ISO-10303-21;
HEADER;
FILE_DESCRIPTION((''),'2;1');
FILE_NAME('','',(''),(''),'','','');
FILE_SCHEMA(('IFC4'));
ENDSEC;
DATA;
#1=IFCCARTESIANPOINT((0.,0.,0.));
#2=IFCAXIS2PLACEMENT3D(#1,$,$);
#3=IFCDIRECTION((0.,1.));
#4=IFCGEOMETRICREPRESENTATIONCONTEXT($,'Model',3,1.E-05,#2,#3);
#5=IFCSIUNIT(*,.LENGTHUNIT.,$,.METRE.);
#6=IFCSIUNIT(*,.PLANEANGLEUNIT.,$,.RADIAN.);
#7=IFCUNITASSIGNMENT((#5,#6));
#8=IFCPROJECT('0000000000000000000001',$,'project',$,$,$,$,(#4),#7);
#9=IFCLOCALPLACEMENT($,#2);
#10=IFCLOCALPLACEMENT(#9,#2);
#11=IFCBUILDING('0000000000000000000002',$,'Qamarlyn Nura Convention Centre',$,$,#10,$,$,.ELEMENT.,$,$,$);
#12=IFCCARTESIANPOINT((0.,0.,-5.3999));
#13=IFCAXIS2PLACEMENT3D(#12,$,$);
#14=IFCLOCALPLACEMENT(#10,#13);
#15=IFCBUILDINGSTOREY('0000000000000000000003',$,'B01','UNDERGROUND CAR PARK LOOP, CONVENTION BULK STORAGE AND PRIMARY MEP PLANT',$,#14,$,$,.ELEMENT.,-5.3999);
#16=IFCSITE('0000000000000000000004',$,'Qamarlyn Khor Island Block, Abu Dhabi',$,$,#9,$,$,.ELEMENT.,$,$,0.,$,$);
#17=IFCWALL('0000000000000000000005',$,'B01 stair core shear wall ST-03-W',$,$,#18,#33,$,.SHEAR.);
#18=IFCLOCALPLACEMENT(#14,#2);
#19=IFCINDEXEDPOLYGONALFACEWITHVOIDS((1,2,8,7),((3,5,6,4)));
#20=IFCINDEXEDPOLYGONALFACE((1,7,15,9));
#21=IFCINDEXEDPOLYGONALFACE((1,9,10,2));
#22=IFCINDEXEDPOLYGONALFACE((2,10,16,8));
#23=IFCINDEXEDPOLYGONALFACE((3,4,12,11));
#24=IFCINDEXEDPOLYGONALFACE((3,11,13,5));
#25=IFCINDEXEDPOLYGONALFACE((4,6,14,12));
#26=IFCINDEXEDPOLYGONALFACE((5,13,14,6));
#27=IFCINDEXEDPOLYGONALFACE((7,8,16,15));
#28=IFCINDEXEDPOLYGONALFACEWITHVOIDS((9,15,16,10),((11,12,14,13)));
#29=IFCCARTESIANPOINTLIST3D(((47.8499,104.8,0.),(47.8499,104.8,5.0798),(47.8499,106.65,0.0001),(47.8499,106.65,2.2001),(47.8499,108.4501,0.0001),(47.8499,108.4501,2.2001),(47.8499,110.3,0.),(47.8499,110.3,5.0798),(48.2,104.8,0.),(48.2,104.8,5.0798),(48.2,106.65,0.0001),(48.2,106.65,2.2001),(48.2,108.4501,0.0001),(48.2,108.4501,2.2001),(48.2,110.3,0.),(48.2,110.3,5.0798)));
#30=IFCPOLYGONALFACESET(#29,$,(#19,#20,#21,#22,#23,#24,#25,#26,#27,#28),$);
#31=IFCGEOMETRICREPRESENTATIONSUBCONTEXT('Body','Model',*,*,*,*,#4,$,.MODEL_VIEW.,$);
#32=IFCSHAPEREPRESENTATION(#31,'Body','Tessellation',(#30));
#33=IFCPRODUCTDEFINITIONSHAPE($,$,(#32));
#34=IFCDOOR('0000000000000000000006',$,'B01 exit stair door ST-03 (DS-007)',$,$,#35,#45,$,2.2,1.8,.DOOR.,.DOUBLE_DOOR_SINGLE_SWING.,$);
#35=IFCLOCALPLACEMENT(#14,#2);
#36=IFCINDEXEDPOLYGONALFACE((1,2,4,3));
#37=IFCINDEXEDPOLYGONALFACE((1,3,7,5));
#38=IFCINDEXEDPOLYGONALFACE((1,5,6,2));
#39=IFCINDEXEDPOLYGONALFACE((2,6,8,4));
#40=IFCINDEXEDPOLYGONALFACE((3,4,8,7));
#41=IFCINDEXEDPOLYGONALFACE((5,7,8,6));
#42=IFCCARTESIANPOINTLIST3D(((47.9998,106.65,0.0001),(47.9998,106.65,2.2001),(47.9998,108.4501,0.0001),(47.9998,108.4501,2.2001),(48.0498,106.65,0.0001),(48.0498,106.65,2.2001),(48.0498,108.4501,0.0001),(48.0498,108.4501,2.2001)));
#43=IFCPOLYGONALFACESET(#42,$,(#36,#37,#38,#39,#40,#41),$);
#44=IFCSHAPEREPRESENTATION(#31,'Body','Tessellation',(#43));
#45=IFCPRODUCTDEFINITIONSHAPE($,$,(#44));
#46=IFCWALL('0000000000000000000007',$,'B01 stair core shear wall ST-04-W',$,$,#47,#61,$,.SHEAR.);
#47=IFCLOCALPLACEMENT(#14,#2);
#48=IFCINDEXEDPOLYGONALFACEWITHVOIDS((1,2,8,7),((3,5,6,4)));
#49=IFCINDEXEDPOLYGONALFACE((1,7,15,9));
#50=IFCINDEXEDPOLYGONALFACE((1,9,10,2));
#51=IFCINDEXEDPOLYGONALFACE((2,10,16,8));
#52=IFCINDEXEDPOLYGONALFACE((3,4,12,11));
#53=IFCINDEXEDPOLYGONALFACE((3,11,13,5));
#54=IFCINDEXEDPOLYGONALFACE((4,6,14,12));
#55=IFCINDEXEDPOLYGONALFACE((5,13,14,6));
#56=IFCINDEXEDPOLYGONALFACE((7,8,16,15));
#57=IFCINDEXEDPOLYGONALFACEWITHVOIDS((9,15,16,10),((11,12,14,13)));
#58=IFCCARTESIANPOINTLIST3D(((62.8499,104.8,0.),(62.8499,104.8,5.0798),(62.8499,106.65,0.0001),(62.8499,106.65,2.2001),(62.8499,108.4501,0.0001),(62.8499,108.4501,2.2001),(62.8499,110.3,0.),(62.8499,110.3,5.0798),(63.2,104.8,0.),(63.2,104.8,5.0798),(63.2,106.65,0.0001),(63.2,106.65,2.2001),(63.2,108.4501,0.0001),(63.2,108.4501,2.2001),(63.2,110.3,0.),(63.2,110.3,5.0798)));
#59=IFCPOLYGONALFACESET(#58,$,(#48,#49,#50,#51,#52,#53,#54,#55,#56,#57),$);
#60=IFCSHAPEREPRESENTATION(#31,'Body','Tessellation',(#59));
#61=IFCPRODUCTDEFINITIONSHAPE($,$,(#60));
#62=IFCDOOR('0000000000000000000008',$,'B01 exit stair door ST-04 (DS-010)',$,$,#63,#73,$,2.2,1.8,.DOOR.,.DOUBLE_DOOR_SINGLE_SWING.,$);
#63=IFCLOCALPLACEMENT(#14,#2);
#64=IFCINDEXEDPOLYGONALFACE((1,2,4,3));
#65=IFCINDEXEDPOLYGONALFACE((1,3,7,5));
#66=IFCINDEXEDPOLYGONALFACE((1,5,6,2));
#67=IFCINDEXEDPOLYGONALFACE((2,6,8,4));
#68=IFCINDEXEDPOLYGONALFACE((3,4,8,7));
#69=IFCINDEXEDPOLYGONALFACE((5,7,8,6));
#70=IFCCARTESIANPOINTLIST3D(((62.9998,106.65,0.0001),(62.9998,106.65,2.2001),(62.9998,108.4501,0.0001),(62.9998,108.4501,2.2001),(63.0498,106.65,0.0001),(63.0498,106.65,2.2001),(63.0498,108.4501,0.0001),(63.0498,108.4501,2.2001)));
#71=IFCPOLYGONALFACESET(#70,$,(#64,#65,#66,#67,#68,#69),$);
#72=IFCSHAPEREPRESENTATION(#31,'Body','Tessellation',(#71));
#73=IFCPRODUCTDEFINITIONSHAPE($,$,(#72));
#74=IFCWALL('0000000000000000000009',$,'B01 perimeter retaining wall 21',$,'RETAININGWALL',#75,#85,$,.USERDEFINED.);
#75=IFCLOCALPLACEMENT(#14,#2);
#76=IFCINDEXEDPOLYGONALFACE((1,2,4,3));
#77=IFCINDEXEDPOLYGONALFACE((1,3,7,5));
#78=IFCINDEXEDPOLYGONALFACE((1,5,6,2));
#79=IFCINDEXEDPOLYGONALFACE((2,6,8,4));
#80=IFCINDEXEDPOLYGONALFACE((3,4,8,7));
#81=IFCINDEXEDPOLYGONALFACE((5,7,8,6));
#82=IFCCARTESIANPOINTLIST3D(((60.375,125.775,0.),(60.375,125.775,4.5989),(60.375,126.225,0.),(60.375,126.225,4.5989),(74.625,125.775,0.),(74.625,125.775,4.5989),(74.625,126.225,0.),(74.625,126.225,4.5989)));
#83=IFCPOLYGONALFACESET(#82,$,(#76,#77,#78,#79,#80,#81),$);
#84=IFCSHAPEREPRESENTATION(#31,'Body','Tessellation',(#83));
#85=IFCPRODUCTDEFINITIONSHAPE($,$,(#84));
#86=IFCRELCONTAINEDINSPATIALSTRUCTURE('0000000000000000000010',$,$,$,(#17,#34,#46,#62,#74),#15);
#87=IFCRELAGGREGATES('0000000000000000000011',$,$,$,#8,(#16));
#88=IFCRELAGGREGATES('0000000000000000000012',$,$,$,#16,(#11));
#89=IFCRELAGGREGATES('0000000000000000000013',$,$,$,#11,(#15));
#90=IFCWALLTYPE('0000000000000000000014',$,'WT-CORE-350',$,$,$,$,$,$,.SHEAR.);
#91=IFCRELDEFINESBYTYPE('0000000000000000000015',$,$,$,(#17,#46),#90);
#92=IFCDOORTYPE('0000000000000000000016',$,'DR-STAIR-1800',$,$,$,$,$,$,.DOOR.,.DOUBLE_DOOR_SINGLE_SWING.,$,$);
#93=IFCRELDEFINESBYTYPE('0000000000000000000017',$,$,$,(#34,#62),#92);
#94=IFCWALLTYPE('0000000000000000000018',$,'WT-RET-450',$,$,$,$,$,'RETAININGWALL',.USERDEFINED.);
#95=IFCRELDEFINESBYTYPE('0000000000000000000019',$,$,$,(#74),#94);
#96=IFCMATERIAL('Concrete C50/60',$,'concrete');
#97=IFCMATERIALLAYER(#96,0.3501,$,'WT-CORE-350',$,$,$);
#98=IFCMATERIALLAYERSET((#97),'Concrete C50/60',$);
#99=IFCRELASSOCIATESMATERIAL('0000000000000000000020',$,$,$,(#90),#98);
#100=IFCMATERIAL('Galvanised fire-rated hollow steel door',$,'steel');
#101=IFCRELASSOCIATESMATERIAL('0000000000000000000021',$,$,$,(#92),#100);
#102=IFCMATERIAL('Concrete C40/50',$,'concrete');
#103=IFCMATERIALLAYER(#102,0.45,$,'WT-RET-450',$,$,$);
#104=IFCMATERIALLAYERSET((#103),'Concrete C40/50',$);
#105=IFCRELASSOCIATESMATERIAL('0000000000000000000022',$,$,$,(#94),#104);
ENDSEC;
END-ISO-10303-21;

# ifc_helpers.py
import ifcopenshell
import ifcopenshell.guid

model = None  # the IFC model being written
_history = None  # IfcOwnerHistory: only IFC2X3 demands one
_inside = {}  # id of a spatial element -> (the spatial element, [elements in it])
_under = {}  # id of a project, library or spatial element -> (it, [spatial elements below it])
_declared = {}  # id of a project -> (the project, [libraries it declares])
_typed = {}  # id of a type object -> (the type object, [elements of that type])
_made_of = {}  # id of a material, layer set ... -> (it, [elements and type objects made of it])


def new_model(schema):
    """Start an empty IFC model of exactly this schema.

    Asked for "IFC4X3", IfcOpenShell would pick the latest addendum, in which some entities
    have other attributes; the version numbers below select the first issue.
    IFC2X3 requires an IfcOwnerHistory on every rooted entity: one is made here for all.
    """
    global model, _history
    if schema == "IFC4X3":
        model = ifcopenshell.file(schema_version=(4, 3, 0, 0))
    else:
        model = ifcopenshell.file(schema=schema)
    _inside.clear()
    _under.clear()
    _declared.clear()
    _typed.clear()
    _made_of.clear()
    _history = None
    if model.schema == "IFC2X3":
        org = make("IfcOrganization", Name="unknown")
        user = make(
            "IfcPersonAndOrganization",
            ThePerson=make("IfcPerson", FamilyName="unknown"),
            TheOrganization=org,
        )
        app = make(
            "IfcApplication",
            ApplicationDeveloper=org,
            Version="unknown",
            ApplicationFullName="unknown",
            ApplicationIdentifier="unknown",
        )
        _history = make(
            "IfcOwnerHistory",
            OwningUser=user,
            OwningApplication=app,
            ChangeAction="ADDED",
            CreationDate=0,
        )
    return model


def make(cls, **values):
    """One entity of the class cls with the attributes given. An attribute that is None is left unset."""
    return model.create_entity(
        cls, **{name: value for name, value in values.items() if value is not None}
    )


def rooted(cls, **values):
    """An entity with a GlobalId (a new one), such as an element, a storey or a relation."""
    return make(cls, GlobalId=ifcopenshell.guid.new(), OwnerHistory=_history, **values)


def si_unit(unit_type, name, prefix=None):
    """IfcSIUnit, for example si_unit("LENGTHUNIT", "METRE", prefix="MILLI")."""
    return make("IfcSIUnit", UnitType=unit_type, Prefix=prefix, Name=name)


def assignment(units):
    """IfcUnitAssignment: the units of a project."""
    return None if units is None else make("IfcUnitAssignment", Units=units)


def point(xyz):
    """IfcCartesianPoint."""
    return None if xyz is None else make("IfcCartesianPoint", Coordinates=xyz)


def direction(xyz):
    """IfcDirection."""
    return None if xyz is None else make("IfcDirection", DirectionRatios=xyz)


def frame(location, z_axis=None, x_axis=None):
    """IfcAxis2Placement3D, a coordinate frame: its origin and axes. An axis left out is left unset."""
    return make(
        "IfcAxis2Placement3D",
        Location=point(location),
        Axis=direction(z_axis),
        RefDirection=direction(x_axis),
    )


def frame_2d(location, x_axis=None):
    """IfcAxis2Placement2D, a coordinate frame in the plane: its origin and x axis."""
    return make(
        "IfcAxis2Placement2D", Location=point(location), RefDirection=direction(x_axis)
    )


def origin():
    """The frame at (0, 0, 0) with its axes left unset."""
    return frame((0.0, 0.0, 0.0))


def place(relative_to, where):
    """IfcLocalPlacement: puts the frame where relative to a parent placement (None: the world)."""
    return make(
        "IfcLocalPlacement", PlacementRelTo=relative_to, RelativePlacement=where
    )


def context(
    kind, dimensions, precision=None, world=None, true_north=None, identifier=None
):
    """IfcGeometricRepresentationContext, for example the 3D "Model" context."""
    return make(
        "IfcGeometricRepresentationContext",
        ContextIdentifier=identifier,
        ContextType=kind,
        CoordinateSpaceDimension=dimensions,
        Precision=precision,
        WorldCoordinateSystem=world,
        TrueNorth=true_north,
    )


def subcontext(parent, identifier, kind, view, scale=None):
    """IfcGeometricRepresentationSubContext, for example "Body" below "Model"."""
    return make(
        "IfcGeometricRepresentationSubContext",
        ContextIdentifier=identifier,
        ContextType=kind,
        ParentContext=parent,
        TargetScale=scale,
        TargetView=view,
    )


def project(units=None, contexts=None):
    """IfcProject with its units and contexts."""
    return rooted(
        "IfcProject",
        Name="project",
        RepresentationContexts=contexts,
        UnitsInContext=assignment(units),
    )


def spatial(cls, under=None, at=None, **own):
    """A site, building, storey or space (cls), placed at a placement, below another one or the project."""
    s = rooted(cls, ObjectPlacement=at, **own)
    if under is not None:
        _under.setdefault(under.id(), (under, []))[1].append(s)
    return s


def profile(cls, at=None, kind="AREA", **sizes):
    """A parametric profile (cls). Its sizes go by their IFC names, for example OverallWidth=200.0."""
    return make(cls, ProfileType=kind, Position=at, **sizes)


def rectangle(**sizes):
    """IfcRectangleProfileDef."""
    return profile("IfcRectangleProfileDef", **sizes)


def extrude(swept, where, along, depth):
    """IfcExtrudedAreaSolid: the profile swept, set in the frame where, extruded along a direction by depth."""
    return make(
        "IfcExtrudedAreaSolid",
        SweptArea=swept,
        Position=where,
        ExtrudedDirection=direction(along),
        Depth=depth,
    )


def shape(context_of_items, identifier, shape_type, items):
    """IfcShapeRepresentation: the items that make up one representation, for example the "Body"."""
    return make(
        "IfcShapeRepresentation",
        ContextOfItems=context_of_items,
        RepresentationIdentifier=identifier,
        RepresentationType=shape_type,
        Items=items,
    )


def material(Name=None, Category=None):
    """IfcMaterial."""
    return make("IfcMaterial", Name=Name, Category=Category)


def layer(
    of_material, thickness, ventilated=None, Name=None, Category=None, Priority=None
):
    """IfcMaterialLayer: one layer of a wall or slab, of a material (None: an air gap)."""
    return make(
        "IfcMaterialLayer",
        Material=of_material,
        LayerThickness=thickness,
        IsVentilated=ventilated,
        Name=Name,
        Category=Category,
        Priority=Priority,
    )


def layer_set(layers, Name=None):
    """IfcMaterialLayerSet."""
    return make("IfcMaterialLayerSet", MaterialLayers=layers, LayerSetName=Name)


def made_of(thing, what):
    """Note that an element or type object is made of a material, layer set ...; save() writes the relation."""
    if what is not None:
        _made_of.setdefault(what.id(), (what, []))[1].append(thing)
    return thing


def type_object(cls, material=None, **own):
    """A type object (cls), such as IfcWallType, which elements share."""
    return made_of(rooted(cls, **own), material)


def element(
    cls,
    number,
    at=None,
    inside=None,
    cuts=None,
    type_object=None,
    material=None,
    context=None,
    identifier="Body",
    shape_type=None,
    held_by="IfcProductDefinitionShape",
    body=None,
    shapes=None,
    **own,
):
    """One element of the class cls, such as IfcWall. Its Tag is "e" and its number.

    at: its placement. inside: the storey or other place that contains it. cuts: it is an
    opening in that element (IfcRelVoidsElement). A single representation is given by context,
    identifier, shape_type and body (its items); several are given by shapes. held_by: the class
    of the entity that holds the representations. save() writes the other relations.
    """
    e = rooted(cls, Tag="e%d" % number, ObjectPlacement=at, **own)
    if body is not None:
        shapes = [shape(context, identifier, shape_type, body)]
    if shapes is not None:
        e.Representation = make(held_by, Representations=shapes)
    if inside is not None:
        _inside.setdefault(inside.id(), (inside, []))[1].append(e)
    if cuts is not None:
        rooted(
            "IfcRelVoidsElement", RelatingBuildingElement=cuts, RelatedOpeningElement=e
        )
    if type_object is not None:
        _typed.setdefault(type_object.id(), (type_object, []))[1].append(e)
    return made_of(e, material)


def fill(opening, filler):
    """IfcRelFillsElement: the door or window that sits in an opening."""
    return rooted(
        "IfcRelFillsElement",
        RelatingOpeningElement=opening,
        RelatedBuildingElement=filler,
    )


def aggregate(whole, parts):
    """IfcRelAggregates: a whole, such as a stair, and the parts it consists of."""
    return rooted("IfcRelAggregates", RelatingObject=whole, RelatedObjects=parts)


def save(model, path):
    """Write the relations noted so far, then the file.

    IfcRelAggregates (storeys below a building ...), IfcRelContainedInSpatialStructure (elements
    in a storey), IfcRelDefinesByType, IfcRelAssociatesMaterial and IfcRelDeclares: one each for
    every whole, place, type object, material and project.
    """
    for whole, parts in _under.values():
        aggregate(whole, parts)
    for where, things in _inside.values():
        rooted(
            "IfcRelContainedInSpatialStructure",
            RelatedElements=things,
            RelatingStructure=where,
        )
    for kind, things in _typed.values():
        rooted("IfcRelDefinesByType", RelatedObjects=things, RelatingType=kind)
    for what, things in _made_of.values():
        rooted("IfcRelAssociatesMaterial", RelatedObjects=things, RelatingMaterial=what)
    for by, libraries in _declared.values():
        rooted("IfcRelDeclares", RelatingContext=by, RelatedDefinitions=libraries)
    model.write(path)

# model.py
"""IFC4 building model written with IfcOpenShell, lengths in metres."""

from ifc_helpers import new_model, si_unit, direction, frame, frame_2d, origin, place, context, subcontext, project, spatial, rectangle, extrude, material, layer, layer_set, type_object, element, fill, save


model = new_model("IFC4")

# Units and contexts
model_context = context("Model", 3, precision=1e-05, world=origin(), true_north=direction((0.0, 1.0)))
body_context = subcontext(model_context, "Body", "Model", "MODEL_VIEW")
ifc_project = project(units=[si_unit("LENGTHUNIT", "METRE"), si_unit("PLANEANGLEUNIT", "RADIAN")], contexts=[model_context])

# Site, building, storey
site_placement = place(None, origin())
site = spatial("IfcSite", under=ifc_project, at=site_placement, Name="Qamarlyn Khor Island Block, Abu Dhabi", CompositionType="ELEMENT", RefElevation=0.0)
building_placement = place(site_placement, origin())
building = spatial("IfcBuilding", under=site, at=building_placement, Name="Qamarlyn Nura Convention Centre", CompositionType="ELEMENT")
storey_placement = place(building_placement, frame((0.0, 0.0, -5.3999)))
storey = spatial("IfcBuildingStorey", under=building, at=storey_placement, Name="B01", Description="UNDERGROUND CAR PARK LOOP, CONVENTION BULK STORAGE AND PRIMARY MEP PLANT", CompositionType="ELEMENT", Elevation=-5.3999)

# Shared definitions
ifc_material_1 = material(Name="Concrete C40/50", Category="concrete")

# Shared definitions
ifc_material_2 = material(Name="Concrete C50/60", Category="concrete")

# Shared definitions
ifc_layer_1 = layer(ifc_material_2, 0.3501, Name="WT-CORE-350")
ifc_layer_set_1 = layer_set([ifc_layer_1], Name="Concrete C50/60")
wall_type_1 = type_object("IfcWallType", Name="WT-CORE-350", PredefinedType="SHEAR", material=ifc_layer_set_1)

# Walls, openings, doors
wall_1_placement = place(storey_placement, frame((48.0249, 110.3, 0.0), z_axis=(0.0, 0.0, 1.0), x_axis=(0.0, -1.0, 0.0)))
wall_1 = element("IfcWall", 1, at=wall_1_placement, inside=storey, type_object=wall_type_1, Name="B01 stair core shear wall ST-03-W", PredefinedType="SHEAR", context=body_context, shape_type="SweptSolid", body=[
    extrude(rectangle(XDim=5.5, YDim=0.3501, at=frame_2d((2.75, 0.0))), origin(), (0.0, 0.0, 1.0), 5.0798),
])
opening_1_placement = place(wall_1_placement, frame((1.8501, 0.0, 0.0)))
opening_1 = element("IfcOpeningElement", 2, at=opening_1_placement, cuts=wall_1, PredefinedType="OPENING", context=body_context, shape_type="SweptSolid", body=[
    extrude(rectangle(XDim=1.8, YDim=2.2, at=frame_2d((0.8999, 1.1001))), frame((0.0, 0.1851, 0.0), z_axis=(0.0, -1.0, 0.0), x_axis=(1.0, 0.0, 0.0)), (0.0, 0.0, 1.0), 0.3701),
])
ifc_material_3 = material(Name="Galvanised fire-rated hollow steel door", Category="steel")
door_type = type_object("IfcDoorType", Name="DR-STAIR-1800", OperationType="DOUBLE_DOOR_SINGLE_SWING", PredefinedType="DOOR", material=ifc_material_3)
door_1_placement = place(opening_1_placement, origin())
door_1 = element("IfcDoor", 3, at=door_1_placement, inside=storey, type_object=door_type, Name="B01 exit stair door ST-03 (DS-007)", OperationType="DOUBLE_DOOR_SINGLE_SWING", OverallHeight=2.2, OverallWidth=1.8, PredefinedType="DOOR", context=body_context, shape_type="SweptSolid", body=[
    extrude(rectangle(XDim=1.8, YDim=2.2, at=frame_2d((0.8999, 1.1001))), frame((0.0, 0.0249, 0.0), z_axis=(0.0, -1.0, 0.0), x_axis=(1.0, 0.0, 0.0)), (0.0, 0.0, 1.0), 0.05),
])
fill(opening_1, door_1)
wall_2_placement = place(storey_placement, frame((63.0249, 110.3, 0.0), z_axis=(0.0, 0.0, 1.0), x_axis=(0.0, -1.0, 0.0)))
wall_2 = element("IfcWall", 4, at=wall_2_placement, inside=storey, type_object=wall_type_1, Name="B01 stair core shear wall ST-04-W", PredefinedType="SHEAR", context=body_context, shape_type="SweptSolid", body=[
    extrude(rectangle(XDim=5.5, YDim=0.3501, at=frame_2d((2.75, 0.0))), origin(), (0.0, 0.0, 1.0), 5.0798),
])
opening_2_placement = place(wall_2_placement, frame((1.8501, 0.0, 0.0)))
opening_2 = element("IfcOpeningElement", 5, at=opening_2_placement, cuts=wall_2, PredefinedType="OPENING", context=body_context, shape_type="SweptSolid", body=[
    extrude(rectangle(XDim=1.8, YDim=2.2, at=frame_2d((0.8999, 1.1001))), frame((0.0, 0.1851, 0.0), z_axis=(0.0, -1.0, 0.0), x_axis=(1.0, 0.0, 0.0)), (0.0, 0.0, 1.0), 0.3701),
])
door_2_placement = place(opening_2_placement, origin())
door_2 = element("IfcDoor", 6, at=door_2_placement, inside=storey, type_object=door_type, Name="B01 exit stair door ST-04 (DS-010)", OperationType="DOUBLE_DOOR_SINGLE_SWING", OverallHeight=2.2, OverallWidth=1.8, PredefinedType="DOOR", context=body_context, shape_type="SweptSolid", body=[
    extrude(rectangle(XDim=1.8, YDim=2.2, at=frame_2d((0.8999, 1.1001))), frame((0.0, 0.0249, 0.0), z_axis=(0.0, -1.0, 0.0), x_axis=(1.0, 0.0, 0.0)), (0.0, 0.0, 1.0), 0.05),
])
fill(opening_2, door_2)

# Wall
ifc_layer_2 = layer(ifc_material_1, 0.45, Name="WT-RET-450")
ifc_layer_set_2 = layer_set([ifc_layer_2], Name="Concrete C40/50")
wall_type_2 = type_object("IfcWallType", Name="WT-RET-450", ElementType="RETAININGWALL", PredefinedType="USERDEFINED", material=ifc_layer_set_2)
wall_3_placement = place(storey_placement, frame((60.375, 126.0, 0.0), z_axis=(0.0, 0.0, 1.0), x_axis=(1.0, 0.0, 0.0)))
element("IfcWall", 7, at=wall_3_placement, inside=storey, type_object=wall_type_2, Name="B01 perimeter retaining wall 21", ObjectType="RETAININGWALL", PredefinedType="USERDEFINED", context=body_context, shape_type="SweptSolid", body=[
    extrude(rectangle(XDim=14.25, YDim=0.45, at=frame_2d((7.125, 0.0))), origin(), (0.0, 0.0, 1.0), 4.5989),
])

save(model, "model.ifc")
